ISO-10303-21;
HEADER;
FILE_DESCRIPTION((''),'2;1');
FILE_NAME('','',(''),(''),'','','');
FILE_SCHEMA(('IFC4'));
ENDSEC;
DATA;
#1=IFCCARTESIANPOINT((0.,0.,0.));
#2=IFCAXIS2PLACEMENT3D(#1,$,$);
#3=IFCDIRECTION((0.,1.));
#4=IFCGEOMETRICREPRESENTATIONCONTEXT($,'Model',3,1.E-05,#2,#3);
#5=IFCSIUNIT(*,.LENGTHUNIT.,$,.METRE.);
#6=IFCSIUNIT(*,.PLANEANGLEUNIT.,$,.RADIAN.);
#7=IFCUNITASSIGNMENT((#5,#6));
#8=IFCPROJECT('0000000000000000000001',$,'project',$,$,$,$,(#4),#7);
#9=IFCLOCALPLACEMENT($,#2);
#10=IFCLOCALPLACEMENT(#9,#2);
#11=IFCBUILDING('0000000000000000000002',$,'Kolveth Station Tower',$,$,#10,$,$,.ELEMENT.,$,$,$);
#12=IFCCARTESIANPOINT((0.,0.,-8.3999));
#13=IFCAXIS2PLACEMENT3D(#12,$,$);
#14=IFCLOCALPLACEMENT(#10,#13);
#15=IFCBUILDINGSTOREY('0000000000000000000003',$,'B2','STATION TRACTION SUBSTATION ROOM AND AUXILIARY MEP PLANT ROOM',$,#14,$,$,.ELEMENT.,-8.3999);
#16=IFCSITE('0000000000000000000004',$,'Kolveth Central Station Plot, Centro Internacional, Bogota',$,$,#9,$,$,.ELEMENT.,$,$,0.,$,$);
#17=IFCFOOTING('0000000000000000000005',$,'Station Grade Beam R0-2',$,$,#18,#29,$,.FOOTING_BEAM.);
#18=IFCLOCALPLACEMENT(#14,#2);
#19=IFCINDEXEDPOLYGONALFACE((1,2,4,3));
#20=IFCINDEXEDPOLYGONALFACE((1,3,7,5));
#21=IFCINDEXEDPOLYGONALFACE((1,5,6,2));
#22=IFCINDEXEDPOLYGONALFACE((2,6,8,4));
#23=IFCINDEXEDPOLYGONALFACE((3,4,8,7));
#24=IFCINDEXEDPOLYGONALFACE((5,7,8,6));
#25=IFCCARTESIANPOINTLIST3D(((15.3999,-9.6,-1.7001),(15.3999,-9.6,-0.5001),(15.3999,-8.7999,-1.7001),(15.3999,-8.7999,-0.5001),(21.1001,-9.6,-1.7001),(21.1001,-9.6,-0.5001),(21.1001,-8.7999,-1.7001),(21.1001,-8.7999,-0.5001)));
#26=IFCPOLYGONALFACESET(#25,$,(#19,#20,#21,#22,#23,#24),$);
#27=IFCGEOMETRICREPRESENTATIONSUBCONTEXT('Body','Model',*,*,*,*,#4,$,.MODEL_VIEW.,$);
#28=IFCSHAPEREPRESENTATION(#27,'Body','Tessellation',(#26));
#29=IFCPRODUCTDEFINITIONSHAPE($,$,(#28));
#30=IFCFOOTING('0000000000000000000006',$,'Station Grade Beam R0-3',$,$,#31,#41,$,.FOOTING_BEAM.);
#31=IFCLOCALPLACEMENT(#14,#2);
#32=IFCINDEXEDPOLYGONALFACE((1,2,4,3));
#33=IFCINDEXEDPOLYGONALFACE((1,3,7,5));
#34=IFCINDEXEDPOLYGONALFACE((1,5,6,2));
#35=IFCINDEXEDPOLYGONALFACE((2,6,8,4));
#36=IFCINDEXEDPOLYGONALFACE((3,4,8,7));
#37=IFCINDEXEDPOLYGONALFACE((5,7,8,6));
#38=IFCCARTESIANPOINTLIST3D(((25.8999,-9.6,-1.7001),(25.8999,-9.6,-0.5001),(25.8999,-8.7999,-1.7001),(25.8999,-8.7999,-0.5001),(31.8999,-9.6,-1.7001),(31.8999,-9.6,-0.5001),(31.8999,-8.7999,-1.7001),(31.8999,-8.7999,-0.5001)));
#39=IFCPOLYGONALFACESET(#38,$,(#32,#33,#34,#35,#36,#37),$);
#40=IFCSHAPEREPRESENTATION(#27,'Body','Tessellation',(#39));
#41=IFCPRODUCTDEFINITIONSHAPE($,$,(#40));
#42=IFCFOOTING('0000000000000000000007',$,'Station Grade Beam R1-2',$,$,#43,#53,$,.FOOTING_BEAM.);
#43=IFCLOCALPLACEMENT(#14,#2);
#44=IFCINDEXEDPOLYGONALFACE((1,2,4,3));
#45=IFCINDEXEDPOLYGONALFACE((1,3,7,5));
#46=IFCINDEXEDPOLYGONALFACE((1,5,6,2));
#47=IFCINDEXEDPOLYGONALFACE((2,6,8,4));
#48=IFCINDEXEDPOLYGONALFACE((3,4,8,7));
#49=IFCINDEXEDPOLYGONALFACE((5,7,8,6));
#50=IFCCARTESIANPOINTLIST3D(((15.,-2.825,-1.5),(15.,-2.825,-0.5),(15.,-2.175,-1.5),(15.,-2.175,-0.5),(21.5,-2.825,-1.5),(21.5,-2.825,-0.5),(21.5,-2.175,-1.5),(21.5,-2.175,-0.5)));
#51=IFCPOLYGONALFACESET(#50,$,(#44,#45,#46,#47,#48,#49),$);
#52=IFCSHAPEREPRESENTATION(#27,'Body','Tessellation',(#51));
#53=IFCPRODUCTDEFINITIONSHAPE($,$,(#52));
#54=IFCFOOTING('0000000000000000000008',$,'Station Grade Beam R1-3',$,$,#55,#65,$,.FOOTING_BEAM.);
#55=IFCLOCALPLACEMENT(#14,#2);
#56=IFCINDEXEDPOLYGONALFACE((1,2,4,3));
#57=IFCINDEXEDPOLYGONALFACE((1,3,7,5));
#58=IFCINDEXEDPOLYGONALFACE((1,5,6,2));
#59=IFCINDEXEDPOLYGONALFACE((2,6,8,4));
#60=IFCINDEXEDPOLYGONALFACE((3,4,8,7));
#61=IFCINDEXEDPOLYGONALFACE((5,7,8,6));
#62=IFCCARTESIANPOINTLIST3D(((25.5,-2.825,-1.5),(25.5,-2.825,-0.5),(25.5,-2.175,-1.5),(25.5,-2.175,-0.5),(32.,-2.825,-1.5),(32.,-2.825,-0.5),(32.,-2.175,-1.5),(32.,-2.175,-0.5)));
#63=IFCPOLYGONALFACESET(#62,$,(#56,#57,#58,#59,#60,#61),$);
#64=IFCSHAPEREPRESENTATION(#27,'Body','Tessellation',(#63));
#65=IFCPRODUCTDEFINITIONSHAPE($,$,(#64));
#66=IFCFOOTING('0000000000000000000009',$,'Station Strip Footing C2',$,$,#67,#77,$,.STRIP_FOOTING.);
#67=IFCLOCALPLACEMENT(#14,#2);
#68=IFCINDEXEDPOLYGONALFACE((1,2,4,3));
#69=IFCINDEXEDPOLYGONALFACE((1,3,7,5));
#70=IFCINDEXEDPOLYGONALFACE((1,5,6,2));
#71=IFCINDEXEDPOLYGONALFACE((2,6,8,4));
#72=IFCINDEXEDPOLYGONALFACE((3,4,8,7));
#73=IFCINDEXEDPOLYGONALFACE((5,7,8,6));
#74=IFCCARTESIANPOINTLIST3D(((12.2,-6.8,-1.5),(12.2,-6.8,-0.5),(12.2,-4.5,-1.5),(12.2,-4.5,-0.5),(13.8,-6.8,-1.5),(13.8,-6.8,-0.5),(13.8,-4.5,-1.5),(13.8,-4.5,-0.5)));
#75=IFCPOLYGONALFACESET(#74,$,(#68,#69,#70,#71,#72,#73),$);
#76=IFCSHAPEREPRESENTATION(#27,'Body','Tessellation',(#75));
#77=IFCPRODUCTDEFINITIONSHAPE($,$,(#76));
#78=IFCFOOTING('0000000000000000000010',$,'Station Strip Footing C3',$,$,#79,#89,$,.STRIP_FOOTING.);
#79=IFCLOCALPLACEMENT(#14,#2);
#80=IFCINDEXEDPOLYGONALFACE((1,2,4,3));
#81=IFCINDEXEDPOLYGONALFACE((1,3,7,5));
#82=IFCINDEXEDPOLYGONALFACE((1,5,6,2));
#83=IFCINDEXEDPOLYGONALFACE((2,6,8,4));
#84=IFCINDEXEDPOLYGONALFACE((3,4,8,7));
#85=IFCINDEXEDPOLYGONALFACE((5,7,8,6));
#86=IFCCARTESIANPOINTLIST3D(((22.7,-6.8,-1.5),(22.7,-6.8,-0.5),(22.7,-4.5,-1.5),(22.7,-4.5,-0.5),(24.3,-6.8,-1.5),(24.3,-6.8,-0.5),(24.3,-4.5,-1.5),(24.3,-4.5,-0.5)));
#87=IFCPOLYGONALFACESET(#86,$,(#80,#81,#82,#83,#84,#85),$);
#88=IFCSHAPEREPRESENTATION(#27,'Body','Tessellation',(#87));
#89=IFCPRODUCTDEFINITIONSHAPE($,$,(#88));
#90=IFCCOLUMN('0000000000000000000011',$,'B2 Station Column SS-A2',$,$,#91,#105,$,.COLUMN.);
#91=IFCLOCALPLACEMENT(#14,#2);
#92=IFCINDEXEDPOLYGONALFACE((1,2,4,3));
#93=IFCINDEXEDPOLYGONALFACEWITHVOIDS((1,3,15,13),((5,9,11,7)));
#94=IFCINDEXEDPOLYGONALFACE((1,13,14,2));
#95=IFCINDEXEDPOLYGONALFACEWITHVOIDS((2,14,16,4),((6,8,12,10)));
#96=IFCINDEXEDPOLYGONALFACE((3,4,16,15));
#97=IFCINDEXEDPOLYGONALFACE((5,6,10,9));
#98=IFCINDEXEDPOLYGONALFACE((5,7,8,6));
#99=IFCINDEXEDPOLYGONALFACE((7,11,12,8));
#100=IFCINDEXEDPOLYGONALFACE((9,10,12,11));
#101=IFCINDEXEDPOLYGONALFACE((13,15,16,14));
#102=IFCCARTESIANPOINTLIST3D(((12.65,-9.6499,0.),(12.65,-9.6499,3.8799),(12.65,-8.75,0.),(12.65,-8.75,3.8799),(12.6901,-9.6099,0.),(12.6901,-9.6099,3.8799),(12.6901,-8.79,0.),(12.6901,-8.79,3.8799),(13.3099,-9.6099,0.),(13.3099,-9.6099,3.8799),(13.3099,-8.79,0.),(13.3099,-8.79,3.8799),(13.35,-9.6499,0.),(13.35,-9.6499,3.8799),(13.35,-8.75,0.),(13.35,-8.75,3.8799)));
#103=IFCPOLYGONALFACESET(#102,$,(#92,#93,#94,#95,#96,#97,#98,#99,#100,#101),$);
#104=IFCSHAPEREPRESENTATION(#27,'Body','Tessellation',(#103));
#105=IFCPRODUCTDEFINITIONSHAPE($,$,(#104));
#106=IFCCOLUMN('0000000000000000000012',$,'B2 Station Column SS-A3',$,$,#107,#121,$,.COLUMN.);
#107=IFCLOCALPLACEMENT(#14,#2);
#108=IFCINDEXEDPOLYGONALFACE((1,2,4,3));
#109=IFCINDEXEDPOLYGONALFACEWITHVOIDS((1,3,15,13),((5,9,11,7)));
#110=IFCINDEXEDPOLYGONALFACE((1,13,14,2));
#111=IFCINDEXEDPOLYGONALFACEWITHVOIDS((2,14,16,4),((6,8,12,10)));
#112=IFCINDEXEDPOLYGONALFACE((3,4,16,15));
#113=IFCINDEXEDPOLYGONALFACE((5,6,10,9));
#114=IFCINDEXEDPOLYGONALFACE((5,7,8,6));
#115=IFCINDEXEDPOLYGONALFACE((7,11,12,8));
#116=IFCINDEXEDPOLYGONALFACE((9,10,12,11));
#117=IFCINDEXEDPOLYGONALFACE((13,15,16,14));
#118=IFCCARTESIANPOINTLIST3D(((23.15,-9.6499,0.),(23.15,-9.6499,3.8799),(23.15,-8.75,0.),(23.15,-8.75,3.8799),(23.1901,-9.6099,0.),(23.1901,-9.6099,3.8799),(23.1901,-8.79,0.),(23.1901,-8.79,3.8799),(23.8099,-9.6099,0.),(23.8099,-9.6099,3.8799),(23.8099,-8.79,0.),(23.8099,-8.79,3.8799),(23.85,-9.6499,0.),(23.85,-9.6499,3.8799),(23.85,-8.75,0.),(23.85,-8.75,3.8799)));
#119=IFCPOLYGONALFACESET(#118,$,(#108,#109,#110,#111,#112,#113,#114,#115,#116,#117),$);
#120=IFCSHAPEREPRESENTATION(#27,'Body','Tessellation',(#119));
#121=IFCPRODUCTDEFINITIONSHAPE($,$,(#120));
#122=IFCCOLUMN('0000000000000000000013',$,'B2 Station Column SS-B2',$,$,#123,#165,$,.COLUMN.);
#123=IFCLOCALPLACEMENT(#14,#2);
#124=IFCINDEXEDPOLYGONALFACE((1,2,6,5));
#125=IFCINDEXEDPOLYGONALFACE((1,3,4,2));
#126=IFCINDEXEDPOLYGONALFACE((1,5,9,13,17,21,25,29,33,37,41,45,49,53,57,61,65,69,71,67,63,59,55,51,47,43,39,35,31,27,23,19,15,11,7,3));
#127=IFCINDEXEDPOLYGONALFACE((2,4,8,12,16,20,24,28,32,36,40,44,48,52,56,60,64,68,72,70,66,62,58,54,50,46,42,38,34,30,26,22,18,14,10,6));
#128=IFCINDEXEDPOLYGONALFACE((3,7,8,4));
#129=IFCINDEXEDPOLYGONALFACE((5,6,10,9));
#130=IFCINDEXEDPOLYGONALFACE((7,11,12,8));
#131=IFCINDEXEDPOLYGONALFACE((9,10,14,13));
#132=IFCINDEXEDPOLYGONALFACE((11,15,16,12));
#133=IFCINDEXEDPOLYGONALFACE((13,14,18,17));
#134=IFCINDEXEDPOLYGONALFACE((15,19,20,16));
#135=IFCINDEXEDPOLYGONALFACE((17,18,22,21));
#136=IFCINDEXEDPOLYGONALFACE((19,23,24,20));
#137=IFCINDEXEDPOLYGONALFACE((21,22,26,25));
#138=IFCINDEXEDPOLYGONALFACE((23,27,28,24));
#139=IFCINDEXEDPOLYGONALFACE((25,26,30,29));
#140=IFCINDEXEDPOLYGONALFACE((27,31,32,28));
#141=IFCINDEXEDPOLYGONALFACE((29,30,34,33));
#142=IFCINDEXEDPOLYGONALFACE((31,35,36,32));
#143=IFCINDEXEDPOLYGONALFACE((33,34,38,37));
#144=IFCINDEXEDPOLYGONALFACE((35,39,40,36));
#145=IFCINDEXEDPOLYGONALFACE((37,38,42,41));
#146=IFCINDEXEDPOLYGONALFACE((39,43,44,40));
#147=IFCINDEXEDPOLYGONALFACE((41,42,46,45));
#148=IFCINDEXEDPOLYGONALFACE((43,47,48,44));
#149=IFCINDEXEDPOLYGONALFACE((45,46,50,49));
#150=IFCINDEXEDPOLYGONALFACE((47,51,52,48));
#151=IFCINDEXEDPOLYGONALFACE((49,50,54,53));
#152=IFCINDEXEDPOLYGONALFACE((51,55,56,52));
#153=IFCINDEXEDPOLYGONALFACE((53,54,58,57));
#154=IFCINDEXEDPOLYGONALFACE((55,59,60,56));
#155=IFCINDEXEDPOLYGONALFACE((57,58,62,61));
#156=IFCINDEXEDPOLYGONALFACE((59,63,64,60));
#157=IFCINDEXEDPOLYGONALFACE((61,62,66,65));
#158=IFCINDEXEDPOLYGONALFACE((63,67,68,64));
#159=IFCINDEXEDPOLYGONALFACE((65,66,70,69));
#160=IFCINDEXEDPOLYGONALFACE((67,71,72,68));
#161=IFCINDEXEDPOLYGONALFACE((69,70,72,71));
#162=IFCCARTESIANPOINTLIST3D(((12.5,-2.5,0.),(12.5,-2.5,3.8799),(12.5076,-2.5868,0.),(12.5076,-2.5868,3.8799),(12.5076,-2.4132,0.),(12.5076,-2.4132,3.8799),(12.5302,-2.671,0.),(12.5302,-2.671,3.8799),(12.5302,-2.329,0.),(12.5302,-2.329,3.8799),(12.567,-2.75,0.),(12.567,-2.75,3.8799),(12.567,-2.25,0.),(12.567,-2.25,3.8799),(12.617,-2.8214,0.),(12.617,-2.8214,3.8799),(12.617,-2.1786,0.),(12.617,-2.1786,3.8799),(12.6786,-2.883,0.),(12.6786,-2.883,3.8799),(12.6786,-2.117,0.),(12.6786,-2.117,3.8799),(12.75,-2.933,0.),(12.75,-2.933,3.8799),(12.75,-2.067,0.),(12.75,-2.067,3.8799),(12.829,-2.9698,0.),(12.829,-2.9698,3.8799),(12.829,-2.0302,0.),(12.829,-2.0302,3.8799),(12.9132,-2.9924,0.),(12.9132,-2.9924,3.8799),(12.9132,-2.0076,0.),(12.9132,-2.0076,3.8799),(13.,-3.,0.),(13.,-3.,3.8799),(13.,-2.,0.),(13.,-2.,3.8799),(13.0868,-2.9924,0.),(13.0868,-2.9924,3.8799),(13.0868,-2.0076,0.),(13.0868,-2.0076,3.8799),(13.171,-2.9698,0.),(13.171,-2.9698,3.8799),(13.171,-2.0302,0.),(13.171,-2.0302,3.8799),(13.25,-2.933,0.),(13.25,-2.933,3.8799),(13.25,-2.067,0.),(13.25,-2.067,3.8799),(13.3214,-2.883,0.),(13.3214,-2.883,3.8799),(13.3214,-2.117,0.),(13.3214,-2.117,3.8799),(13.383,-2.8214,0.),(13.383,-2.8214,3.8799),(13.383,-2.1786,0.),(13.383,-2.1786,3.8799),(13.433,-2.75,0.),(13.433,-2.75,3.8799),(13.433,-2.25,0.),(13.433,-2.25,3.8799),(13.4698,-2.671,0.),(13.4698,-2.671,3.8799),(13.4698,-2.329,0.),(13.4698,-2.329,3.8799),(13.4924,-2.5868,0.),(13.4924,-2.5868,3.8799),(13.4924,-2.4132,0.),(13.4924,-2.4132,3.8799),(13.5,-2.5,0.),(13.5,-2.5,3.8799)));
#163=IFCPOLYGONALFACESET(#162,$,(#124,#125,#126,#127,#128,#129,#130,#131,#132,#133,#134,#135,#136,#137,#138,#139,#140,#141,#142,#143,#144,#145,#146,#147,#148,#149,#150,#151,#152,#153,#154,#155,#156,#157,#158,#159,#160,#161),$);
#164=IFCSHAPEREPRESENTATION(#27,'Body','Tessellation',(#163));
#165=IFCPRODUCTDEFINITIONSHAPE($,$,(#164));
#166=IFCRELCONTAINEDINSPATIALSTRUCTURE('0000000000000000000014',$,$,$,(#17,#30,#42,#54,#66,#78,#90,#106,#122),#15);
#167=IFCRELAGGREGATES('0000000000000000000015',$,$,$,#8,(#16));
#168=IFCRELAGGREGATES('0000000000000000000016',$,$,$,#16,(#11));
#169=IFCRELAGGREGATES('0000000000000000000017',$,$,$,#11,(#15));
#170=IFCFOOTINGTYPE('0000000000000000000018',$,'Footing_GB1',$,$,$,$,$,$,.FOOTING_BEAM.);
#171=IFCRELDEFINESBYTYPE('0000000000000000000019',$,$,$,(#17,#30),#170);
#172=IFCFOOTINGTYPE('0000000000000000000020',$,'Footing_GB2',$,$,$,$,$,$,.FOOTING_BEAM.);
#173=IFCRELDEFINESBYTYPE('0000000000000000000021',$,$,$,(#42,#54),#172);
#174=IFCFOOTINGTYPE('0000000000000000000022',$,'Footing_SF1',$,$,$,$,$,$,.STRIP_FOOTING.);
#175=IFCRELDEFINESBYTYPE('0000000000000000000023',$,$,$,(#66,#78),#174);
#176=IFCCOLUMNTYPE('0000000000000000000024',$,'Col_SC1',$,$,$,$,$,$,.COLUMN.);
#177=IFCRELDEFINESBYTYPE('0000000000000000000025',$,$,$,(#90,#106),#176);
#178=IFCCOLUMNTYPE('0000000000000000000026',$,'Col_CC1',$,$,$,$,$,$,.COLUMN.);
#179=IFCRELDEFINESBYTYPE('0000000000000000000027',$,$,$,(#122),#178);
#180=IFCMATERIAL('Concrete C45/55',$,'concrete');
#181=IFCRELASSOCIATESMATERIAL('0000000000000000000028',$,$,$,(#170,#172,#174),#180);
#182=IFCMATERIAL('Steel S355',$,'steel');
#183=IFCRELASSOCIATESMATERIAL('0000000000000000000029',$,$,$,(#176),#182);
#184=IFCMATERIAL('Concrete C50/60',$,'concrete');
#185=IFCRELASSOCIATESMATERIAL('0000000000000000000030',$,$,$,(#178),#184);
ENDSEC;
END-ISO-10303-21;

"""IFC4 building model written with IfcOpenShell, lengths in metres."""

from ifc_helpers import new_model, si_unit, direction, frame, origin, origin_2d, place, context, subcontext, project, spatial, rectangle, hollow_rectangle, circle, extrude, source, transform, mapped, material, material_profile, profile_set, type_object, element, save


model = new_model("IFC4")

# Units and contexts
model_context = context("Model", 3, precision=1e-05, world=origin(), true_north=direction((0.0, 1.0)))
body_context = subcontext(model_context, "Body", "Model", "MODEL_VIEW")
ifc_project = project(units=[si_unit("LENGTHUNIT", "METRE"), si_unit("PLANEANGLEUNIT", "RADIAN")], contexts=[model_context])

# Site, building, storey
site_placement = place(None, origin())
site = spatial("IfcSite", under=ifc_project, at=site_placement, Name="Kolveth Central Station Plot, Centro Internacional, Bogota", CompositionType="ELEMENT", RefElevation=0.0)
building_placement = place(site_placement, origin())
building = spatial("IfcBuilding", under=site, at=building_placement, Name="Kolveth Station Tower", CompositionType="ELEMENT")
storey_placement = place(building_placement, frame((0.0, 0.0, -8.3999)))
storey = spatial("IfcBuildingStorey", under=building, at=storey_placement, Name="B2", Description="STATION TRACTION SUBSTATION ROOM AND AUXILIARY MEP PLANT ROOM", CompositionType="ELEMENT", Elevation=-8.3999)

# Shared definitions
ifc_material_1 = material(Name="Concrete C45/55", Category="concrete")

# Footings
ifc_material_profile_1 = material_profile(ifc_material_1, rectangle(XDim=0.8, YDim=1.2, at=origin_2d()), Name="RC-800x1200")
ifc_profile_set_1 = profile_set([ifc_material_profile_1], Name="Concrete C45/55")
footing_type_1 = type_object("IfcFootingType", Name="Footing_GB1", PredefinedType="FOOTING_BEAM", material=ifc_profile_set_1)
shared_shape_1 = source(origin(), body_context, "Body", "SweptSolid", [
    extrude(rectangle(XDim=0.8, YDim=1.2, at=origin_2d()), origin(), (0.0, 0.0, 1.0), 5.7002),
])
footing_1_placement = place(storey_placement, frame((15.3999, -9.2, -1.1001), z_axis=(1.0, 0.0, 0.0), x_axis=(0.0, 1.0, 0.0)))
element("IfcFooting", 1, at=footing_1_placement, inside=storey, type_object=footing_type_1, Name="Station Grade Beam R0-2", PredefinedType="FOOTING_BEAM", context=body_context, shape_type="MappedRepresentation", body=[
    mapped(shared_shape_1, transform((0.0, 0.0, 0.0), x_axis=(1.0, 0.0, 0.0), y_axis=(0.0, 1.0, 0.0), z_axis=(0.0, 0.0, 1.0), scale=1.0)),
])
shared_shape_2 = source(origin(), body_context, "Body", "SweptSolid", [
    extrude(rectangle(XDim=0.8, YDim=1.2, at=origin_2d()), origin(), (0.0, 0.0, 1.0), 6.0),
])
footing_2_placement = place(storey_placement, frame((25.8999, -9.2, -1.1001), z_axis=(1.0, 0.0, 0.0), x_axis=(0.0, 1.0, 0.0)))
element("IfcFooting", 2, at=footing_2_placement, inside=storey, type_object=footing_type_1, Name="Station Grade Beam R0-3", PredefinedType="FOOTING_BEAM", context=body_context, shape_type="MappedRepresentation", body=[
    mapped(shared_shape_2, transform((0.0, 0.0, 0.0), x_axis=(1.0, 0.0, 0.0), y_axis=(0.0, 1.0, 0.0), z_axis=(0.0, 0.0, 1.0), scale=1.0)),
])
ifc_material_profile_2 = material_profile(ifc_material_1, rectangle(XDim=0.6499, YDim=1.0, at=origin_2d()), Name="RC-650x1000")
ifc_profile_set_2 = profile_set([ifc_material_profile_2], Name="Concrete C45/55")
footing_type_2 = type_object("IfcFootingType", Name="Footing_GB2", PredefinedType="FOOTING_BEAM", material=ifc_profile_set_2)
shared_shape_3 = source(origin(), body_context, "Body", "SweptSolid", [
    extrude(rectangle(XDim=0.6499, YDim=1.0, at=origin_2d()), origin(), (0.0, 0.0, 1.0), 6.5),
])
for number, where, z_axis, x_axis, name in (
    (3, (15.0, -2.5, -1.0), (1.0, 0.0, 0.0), (0.0, 1.0, 0.0), "Station Grade Beam R1-2"),
    (4, (25.5, -2.5, -1.0), (1.0, 0.0, 0.0), (0.0, 1.0, 0.0), "Station Grade Beam R1-3"),
):
    element("IfcFooting", number, at=place(storey_placement, frame(where, z_axis=z_axis, x_axis=x_axis)), inside=storey, type_object=footing_type_2, Name=name, PredefinedType="FOOTING_BEAM", context=body_context, shape_type="MappedRepresentation", body=[
        mapped(shared_shape_3, transform((0.0, 0.0, 0.0), x_axis=(1.0, 0.0, 0.0), y_axis=(0.0, 1.0, 0.0), z_axis=(0.0, 0.0, 1.0), scale=1.0)),
    ])
ifc_material_profile_3 = material_profile(ifc_material_1, rectangle(XDim=1.6001, YDim=1.0, at=origin_2d()), Name="RC-1600x1000")
ifc_profile_set_3 = profile_set([ifc_material_profile_3], Name="Concrete C45/55")
footing_type_3 = type_object("IfcFootingType", Name="Footing_SF1", PredefinedType="STRIP_FOOTING", material=ifc_profile_set_3)
shared_shape_4 = source(origin(), body_context, "Body", "SweptSolid", [
    extrude(rectangle(XDim=1.6001, YDim=1.0, at=origin_2d()), origin(), (0.0, 0.0, 1.0), 2.3),
])
for number, where, z_axis, x_axis, name in (
    (5, (13.0, -6.8, -1.0), (0.0, 1.0, 0.0), (-1.0, 0.0, 0.0), "Station Strip Footing C2"),
    (6, (23.5, -6.8, -1.0), (0.0, 1.0, 0.0), (-1.0, 0.0, 0.0), "Station Strip Footing C3"),
):
    element("IfcFooting", number, at=place(storey_placement, frame(where, z_axis=z_axis, x_axis=x_axis)), inside=storey, type_object=footing_type_3, Name=name, PredefinedType="STRIP_FOOTING", context=body_context, shape_type="MappedRepresentation", body=[
        mapped(shared_shape_4, transform((0.0, 0.0, 0.0), x_axis=(1.0, 0.0, 0.0), y_axis=(0.0, 1.0, 0.0), z_axis=(0.0, 0.0, 1.0), scale=1.0)),
    ])

# Columns
ifc_material_2 = material(Name="Steel S355", Category="steel")
ifc_material_profile_4 = material_profile(ifc_material_2, hollow_rectangle(XDim=0.7, YDim=0.8999, WallThickness=0.04, at=origin_2d()), Name="BOX900x700x40")
ifc_profile_set_4 = profile_set([ifc_material_profile_4], Name="Steel S355")
column_type_1 = type_object("IfcColumnType", Name="Col_SC1", PredefinedType="COLUMN", material=ifc_profile_set_4)
shared_shape_5 = source(origin(), body_context, "Body", "SweptSolid", [
    extrude(hollow_rectangle(XDim=0.7, YDim=0.8999, WallThickness=0.04, at=origin_2d()), origin(), (0.0, 0.0, 1.0), 3.8799),
])
for number, where, z_axis, x_axis, name in (
    (7, (13.0, -9.2, 0.0), (0.0, 0.0, 1.0), (1.0, 0.0, 0.0), "B2 Station Column SS-A2"),
    (8, (23.5, -9.2, 0.0), (0.0, 0.0, 1.0), (1.0, 0.0, 0.0), "B2 Station Column SS-A3"),
):
    element("IfcColumn", number, at=place(storey_placement, frame(where, z_axis=z_axis, x_axis=x_axis)), inside=storey, type_object=column_type_1, Name=name, PredefinedType="COLUMN", context=body_context, shape_type="MappedRepresentation", body=[
        mapped(shared_shape_5, transform((0.0, 0.0, 0.0), x_axis=(1.0, 0.0, 0.0), y_axis=(0.0, 1.0, 0.0), z_axis=(0.0, 0.0, 1.0), scale=1.0)),
    ])
ifc_material_3 = material(Name="Concrete C50/60", Category="concrete")
ifc_material_profile_5 = material_profile(ifc_material_3, circle(Radius=0.5, at=origin_2d()), Name="RC-D1000")
ifc_profile_set_5 = profile_set([ifc_material_profile_5], Name="Concrete C50/60")
column_type_2 = type_object("IfcColumnType", Name="Col_CC1", PredefinedType="COLUMN", material=ifc_profile_set_5)
shared_shape_6 = source(origin(), body_context, "Body", "SweptSolid", [
    extrude(circle(Radius=0.5, at=origin_2d()), origin(), (0.0, 0.0, 1.0), 3.8799),
])
for number, where, z_axis, x_axis, name in (
    (9, (13.0, -2.5, 0.0), (0.0, 0.0, 1.0), (1.0, 0.0, 0.0), "B2 Station Column SS-B2"),
):
    element("IfcColumn", number, at=place(storey_placement, frame(where, z_axis=z_axis, x_axis=x_axis)), inside=storey, type_object=column_type_2, Name=name, PredefinedType="COLUMN", context=body_context, shape_type="MappedRepresentation", body=[
        mapped(shared_shape_6, transform((0.0, 0.0, 0.0), x_axis=(1.0, 0.0, 0.0), y_axis=(0.0, 1.0, 0.0), z_axis=(0.0, 0.0, 1.0), scale=1.0)),
    ])

save(model, "model.ifc")
